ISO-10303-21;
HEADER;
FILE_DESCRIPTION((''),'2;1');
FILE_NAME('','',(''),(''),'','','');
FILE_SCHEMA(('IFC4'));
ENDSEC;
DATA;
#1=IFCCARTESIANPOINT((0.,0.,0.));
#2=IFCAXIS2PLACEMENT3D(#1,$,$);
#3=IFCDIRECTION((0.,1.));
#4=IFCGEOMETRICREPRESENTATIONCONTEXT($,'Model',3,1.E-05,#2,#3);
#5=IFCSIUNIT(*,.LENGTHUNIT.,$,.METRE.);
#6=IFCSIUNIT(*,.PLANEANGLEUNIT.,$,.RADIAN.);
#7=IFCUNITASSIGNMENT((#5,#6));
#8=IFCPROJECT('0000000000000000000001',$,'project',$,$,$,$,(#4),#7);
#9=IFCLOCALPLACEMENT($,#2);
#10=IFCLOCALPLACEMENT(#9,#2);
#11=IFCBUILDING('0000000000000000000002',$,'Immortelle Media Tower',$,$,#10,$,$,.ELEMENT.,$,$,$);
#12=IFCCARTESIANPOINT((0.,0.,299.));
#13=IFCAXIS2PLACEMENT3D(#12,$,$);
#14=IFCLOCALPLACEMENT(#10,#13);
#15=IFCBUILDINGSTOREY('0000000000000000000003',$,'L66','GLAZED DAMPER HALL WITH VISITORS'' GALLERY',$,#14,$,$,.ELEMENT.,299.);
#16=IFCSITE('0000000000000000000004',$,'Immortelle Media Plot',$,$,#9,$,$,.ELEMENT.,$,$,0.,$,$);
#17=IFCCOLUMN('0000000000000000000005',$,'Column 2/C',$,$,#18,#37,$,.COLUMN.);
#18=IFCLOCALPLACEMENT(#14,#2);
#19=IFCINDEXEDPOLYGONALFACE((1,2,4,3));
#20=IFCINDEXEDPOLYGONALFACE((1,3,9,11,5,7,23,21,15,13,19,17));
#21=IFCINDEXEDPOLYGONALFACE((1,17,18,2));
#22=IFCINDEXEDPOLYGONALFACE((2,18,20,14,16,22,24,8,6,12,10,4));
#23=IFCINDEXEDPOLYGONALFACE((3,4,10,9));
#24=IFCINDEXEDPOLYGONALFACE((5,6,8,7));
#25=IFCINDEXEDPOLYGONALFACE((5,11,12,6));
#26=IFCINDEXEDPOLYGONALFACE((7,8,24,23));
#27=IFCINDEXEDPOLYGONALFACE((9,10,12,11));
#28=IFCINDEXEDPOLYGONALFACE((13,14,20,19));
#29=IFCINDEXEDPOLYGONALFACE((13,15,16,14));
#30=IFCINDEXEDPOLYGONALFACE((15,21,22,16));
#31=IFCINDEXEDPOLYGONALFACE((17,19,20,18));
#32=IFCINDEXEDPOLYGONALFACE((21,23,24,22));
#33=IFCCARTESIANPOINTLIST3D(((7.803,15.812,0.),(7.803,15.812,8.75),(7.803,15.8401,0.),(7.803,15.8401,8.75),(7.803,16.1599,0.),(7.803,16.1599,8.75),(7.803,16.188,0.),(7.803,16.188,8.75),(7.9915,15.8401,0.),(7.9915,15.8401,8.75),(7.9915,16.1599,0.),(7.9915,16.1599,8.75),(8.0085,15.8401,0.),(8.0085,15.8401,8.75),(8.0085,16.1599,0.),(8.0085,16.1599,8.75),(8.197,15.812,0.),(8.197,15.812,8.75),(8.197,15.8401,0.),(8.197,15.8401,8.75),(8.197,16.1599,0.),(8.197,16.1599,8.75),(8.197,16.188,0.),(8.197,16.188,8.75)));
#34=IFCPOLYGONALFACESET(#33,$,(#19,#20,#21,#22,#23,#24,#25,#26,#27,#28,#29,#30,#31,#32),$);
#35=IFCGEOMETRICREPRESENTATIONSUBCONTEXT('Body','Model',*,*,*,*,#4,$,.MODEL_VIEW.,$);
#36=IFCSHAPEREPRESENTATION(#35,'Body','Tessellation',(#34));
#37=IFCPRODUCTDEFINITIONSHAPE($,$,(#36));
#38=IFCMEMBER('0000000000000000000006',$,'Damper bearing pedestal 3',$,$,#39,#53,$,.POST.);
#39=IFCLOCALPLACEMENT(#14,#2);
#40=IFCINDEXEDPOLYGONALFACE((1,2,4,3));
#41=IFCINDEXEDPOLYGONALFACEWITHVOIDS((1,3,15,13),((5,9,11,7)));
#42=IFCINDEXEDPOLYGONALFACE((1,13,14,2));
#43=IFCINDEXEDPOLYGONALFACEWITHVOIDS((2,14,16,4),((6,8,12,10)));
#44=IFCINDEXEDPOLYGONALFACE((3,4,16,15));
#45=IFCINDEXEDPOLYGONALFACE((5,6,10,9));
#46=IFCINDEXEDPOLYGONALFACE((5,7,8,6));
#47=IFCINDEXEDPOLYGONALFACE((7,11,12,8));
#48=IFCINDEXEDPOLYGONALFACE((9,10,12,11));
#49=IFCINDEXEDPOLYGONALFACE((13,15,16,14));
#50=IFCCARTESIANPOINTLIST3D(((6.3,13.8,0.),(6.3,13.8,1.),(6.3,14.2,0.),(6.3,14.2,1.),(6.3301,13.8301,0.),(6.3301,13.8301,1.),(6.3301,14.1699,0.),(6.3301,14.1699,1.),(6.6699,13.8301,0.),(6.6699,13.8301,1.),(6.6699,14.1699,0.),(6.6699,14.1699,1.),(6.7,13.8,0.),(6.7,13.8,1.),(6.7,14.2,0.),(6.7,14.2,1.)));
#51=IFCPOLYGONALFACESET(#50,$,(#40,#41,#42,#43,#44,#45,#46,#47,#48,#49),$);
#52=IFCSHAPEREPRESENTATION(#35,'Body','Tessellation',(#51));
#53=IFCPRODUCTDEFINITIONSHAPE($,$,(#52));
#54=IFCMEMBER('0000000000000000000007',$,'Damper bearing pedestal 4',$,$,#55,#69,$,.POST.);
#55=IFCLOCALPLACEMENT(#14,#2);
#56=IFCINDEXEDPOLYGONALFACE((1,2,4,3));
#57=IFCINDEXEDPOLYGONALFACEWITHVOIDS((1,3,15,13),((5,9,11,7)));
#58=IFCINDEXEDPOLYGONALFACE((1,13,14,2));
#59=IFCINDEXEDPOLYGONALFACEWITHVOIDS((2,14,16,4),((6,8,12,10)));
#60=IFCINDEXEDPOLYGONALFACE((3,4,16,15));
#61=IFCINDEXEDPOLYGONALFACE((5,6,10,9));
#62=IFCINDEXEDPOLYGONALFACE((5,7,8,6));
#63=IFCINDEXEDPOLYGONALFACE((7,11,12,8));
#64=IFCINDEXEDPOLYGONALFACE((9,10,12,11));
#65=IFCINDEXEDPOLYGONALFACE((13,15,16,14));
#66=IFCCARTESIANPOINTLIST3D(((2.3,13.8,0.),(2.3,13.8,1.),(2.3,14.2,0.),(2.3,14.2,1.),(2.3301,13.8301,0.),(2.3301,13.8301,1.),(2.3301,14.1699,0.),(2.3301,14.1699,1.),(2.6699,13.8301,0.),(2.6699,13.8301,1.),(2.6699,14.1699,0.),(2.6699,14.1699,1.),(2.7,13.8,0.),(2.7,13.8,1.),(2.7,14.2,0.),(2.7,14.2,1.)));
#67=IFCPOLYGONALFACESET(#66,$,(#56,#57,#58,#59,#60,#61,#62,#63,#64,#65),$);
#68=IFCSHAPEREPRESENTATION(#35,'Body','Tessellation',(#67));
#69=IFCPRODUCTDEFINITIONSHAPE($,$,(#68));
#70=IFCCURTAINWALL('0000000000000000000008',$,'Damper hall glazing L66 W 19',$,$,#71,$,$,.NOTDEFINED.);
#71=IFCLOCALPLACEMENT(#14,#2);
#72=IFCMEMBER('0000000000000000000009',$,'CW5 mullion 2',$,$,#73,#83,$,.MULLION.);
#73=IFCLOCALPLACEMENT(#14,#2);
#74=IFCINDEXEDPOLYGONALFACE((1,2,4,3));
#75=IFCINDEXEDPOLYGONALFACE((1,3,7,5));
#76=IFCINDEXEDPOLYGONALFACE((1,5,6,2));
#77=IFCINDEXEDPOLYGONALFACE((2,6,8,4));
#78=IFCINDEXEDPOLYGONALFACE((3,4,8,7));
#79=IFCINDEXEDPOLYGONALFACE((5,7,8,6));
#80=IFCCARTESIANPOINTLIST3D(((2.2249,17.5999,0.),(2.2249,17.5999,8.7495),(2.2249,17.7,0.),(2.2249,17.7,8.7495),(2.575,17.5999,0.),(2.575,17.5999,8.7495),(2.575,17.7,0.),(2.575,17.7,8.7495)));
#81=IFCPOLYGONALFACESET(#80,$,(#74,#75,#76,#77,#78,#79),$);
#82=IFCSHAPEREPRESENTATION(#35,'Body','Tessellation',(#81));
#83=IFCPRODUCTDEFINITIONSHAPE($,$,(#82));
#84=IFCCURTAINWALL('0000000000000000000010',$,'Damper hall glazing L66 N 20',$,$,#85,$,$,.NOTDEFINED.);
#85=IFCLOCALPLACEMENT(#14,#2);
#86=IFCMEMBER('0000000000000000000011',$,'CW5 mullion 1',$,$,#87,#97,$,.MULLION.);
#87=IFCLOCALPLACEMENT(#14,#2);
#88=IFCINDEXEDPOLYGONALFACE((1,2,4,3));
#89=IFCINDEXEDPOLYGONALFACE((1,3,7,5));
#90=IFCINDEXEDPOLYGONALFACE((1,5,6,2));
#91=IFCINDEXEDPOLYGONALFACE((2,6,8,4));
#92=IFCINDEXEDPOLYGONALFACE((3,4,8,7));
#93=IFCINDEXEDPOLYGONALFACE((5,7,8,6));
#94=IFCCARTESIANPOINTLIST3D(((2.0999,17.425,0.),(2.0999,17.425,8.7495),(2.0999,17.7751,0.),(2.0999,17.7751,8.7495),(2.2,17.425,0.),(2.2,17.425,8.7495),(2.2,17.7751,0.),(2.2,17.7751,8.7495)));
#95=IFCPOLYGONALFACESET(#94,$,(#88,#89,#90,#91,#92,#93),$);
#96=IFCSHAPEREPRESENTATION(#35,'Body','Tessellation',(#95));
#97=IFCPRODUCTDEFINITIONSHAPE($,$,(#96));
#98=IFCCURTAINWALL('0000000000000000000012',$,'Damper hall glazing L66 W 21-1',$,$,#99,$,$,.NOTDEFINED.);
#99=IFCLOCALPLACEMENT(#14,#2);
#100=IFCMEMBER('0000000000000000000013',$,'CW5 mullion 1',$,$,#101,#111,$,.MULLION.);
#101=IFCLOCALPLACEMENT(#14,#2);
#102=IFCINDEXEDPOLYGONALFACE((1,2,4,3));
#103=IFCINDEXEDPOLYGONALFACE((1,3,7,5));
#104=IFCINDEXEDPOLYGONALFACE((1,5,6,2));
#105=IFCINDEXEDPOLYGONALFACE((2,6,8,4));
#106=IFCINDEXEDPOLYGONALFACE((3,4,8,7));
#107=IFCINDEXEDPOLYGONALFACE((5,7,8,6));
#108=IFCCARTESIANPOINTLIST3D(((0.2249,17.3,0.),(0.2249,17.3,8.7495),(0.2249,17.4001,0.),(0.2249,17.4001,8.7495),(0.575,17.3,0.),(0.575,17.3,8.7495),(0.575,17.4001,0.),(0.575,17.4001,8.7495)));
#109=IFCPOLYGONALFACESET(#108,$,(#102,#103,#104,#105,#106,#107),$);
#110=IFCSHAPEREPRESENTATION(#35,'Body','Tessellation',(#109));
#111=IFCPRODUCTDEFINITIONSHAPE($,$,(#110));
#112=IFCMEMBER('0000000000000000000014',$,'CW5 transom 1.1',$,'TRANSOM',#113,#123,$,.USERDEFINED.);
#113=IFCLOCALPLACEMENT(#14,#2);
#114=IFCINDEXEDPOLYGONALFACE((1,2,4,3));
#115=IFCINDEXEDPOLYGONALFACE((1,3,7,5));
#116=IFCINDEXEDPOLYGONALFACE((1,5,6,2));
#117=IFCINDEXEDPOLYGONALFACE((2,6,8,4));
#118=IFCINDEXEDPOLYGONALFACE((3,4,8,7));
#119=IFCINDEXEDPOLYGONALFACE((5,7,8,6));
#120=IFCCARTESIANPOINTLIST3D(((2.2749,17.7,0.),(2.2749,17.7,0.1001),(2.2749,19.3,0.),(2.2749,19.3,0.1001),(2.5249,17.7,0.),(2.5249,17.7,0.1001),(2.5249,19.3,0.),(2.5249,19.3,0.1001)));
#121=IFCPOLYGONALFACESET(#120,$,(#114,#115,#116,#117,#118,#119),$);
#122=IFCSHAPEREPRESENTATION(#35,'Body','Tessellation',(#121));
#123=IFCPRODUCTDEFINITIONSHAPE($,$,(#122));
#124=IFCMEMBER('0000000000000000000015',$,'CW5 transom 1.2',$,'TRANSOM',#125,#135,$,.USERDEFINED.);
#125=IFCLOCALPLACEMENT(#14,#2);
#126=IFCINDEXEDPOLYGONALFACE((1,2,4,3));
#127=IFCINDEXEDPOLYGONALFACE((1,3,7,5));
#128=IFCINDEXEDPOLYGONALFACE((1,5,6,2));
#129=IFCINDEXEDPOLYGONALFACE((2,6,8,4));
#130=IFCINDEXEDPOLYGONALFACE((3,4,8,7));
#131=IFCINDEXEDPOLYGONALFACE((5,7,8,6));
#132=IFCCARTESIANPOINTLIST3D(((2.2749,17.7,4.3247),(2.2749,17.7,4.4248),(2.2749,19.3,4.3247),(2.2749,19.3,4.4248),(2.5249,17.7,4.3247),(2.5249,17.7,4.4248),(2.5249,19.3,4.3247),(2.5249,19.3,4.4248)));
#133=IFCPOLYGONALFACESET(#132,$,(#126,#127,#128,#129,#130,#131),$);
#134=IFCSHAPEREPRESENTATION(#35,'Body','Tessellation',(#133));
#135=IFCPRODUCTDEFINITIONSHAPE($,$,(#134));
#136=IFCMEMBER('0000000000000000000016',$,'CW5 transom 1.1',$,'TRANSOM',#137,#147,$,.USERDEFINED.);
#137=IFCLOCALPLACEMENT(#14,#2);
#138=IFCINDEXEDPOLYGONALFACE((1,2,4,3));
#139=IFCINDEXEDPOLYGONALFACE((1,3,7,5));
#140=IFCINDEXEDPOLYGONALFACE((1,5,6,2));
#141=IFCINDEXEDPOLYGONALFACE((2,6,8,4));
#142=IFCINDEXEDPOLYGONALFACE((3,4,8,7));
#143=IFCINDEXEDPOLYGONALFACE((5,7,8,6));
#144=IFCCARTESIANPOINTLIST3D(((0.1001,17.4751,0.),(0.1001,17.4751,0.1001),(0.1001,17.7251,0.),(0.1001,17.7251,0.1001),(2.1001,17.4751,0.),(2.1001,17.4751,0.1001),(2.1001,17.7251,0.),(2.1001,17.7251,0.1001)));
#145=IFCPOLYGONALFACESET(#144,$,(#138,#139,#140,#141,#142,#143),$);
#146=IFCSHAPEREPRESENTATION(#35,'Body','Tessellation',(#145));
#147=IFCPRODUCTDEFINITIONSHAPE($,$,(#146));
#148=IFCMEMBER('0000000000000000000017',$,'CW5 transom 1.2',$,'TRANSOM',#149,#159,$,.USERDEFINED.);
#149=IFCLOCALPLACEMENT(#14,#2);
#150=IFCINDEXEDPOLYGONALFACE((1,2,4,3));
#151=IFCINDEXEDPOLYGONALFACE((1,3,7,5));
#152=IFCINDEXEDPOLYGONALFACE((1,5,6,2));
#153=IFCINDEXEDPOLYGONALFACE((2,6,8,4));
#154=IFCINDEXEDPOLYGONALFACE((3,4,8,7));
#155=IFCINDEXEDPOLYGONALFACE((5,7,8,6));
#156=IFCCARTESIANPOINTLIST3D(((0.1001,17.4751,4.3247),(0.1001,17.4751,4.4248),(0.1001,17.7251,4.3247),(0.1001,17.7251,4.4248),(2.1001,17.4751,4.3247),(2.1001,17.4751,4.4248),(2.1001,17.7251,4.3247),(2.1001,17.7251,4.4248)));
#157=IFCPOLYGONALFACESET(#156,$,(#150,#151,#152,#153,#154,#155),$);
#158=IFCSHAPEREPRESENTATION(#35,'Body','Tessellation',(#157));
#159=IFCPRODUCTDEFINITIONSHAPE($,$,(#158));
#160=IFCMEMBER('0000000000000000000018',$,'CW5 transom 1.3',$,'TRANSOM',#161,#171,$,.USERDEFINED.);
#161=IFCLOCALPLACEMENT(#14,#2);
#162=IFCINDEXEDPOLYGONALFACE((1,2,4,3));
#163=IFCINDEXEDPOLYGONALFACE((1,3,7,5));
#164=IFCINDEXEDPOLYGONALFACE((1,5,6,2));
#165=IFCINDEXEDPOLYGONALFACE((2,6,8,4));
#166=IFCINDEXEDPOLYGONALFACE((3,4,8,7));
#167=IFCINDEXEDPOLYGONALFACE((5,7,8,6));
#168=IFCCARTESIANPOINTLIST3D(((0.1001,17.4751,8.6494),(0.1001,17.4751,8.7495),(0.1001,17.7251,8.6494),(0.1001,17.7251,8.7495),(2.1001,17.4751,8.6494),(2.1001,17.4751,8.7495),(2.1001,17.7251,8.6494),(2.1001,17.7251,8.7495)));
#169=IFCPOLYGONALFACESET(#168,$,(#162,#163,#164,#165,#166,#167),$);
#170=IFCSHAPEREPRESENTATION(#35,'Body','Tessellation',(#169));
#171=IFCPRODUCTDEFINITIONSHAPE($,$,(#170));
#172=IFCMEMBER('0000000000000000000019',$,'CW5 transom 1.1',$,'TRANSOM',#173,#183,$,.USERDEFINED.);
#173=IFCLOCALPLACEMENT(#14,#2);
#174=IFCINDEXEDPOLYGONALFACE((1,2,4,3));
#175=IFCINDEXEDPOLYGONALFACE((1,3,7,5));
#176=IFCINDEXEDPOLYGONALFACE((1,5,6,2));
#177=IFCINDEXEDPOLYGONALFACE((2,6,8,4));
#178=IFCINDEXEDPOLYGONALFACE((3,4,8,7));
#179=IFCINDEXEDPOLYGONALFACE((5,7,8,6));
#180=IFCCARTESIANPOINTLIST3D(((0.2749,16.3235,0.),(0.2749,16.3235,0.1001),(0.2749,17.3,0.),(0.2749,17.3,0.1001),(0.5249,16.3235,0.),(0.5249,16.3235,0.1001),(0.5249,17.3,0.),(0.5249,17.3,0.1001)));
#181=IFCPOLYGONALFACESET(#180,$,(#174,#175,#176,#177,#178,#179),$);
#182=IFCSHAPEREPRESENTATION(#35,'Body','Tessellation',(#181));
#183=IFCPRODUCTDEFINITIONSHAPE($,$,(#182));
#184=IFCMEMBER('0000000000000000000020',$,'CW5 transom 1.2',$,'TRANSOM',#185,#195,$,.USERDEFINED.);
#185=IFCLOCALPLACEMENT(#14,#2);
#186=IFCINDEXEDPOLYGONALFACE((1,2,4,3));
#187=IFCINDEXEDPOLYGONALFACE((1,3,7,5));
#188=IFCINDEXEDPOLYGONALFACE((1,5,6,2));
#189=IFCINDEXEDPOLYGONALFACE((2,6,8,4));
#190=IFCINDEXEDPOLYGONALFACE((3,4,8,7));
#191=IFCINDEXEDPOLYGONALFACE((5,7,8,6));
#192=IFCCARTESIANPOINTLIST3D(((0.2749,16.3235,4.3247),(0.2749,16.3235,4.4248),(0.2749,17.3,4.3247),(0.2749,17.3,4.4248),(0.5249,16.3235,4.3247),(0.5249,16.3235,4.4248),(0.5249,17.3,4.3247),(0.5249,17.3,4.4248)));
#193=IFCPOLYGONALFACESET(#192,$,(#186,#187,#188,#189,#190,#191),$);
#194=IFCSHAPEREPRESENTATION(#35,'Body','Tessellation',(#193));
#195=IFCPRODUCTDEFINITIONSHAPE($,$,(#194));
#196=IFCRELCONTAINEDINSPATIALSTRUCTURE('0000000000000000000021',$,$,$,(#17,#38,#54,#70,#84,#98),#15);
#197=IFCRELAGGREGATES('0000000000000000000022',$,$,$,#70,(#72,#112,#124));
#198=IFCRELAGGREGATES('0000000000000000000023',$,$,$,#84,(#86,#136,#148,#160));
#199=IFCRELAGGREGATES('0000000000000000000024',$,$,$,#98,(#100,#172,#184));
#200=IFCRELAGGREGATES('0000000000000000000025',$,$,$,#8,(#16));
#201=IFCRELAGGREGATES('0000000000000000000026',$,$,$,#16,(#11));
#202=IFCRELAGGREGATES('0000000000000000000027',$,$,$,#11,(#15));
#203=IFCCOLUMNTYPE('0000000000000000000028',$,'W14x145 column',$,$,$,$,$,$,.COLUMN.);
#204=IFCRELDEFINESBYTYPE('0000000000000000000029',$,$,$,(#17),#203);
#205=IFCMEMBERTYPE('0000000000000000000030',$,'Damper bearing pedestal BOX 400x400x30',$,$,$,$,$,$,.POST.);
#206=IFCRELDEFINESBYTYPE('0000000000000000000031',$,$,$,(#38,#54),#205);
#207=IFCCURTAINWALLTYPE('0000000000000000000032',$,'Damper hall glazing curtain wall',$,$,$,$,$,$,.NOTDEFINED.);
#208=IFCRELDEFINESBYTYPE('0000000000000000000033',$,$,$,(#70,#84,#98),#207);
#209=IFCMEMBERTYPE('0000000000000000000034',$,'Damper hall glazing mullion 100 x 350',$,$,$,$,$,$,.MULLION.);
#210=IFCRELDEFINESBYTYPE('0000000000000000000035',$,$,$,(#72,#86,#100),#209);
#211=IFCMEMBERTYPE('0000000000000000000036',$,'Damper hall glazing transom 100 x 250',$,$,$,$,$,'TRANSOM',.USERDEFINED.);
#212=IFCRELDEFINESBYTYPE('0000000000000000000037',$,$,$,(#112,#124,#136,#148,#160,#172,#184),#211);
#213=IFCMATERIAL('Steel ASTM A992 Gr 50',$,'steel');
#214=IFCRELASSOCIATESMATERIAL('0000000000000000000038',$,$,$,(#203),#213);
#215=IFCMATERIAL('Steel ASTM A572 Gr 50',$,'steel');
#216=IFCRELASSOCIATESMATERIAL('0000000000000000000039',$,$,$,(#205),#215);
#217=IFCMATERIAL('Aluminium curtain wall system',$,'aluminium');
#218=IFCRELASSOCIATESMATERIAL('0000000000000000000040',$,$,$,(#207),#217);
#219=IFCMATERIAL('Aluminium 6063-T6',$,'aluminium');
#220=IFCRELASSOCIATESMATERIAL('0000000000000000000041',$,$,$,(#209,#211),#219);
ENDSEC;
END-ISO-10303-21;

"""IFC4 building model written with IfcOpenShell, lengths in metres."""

from ifc_helpers import new_model, si_unit, direction, frame, origin, origin_2d, place, context, subcontext, project, spatial, rectangle, hollow_rectangle, i_section, extrude, material, material_profile, profile_set, type_object, element, aggregate, save


model = new_model("IFC4")

# Units and contexts
model_context = context("Model", 3, precision=1e-05, world=origin(), true_north=direction((0.0, 1.0)))
body_context = subcontext(model_context, "Body", "Model", "MODEL_VIEW")
ifc_project = project(units=[si_unit("LENGTHUNIT", "METRE"), si_unit("PLANEANGLEUNIT", "RADIAN")], contexts=[model_context])

# Site, building, storey
site_placement = place(None, origin())
site = spatial("IfcSite", under=ifc_project, at=site_placement, Name="Immortelle Media Plot", CompositionType="ELEMENT", RefElevation=0.0)
building_placement = place(site_placement, origin())
building = spatial("IfcBuilding", under=site, at=building_placement, Name="Immortelle Media Tower", CompositionType="ELEMENT")
storey_placement = place(building_placement, frame((0.0, 0.0, 299.0)))
storey = spatial("IfcBuildingStorey", under=building, at=storey_placement, Name="L66", Description="GLAZED DAMPER HALL WITH VISITORS' GALLERY", CompositionType="ELEMENT", Elevation=299.0)

# Column
ifc_material_1 = material(Name="Steel ASTM A992 Gr 50", Category="steel")
ifc_material_profile_1 = material_profile(ifc_material_1, i_section(OverallWidth=0.394, OverallDepth=0.376, WebThickness=0.0171, FlangeThickness=0.0281, at=origin_2d()), Name="W14x145")
ifc_profile_set_1 = profile_set([ifc_material_profile_1], Name="Steel ASTM A992 Gr 50")
column_type = type_object("IfcColumnType", Name="W14x145 column", PredefinedType="COLUMN", material=ifc_profile_set_1)
column_placement = place(storey_placement, frame((8.0, 16.0, 0.0), z_axis=(0.0, 0.0, 1.0), x_axis=(1.0, 0.0, 0.0)))
element("IfcColumn", 1, at=column_placement, inside=storey, type_object=column_type, Name="Column 2/C", PredefinedType="COLUMN", context=body_context, shape_type="SweptSolid", body=[
    extrude(i_section(OverallWidth=0.394, OverallDepth=0.376, WebThickness=0.0171, FlangeThickness=0.0281, at=origin_2d()), origin(), (0.0, 0.0, 1.0), 8.75),
])

# Members
ifc_material_2 = material(Name="Steel ASTM A572 Gr 50", Category="steel")
ifc_material_profile_2 = material_profile(ifc_material_2, hollow_rectangle(XDim=0.3999, YDim=0.3999, WallThickness=0.03, at=origin_2d()), Name="BOX 400x400x30")
ifc_profile_set_2 = profile_set([ifc_material_profile_2], Name="Steel ASTM A572 Gr 50")
member_type_1 = type_object("IfcMemberType", Name="Damper bearing pedestal BOX 400x400x30", PredefinedType="POST", material=ifc_profile_set_2)
for number, where, z_axis, x_axis, name in (
    (2, (6.5, 14.0, 0.0), (0.0, 0.0, 1.0), (1.0, 0.0, 0.0), "Damper bearing pedestal 3"),
    (3, (2.5, 14.0, 0.0), (0.0, 0.0, 1.0), (1.0, 0.0, 0.0), "Damper bearing pedestal 4"),
):
    element("IfcMember", number, at=place(storey_placement, frame(where, z_axis=z_axis, x_axis=x_axis)), inside=storey, type_object=member_type_1, Name=name, PredefinedType="POST", context=body_context, shape_type="SweptSolid", body=[
        extrude(hollow_rectangle(XDim=0.3999, YDim=0.3999, WallThickness=0.03, at=origin_2d()), origin(), (0.0, 0.0, 1.0), 1.0),
    ])

# Curtain walls, members
ifc_material_3 = material(Name="Aluminium curtain wall system", Category="aluminium")
curtain_wall_type = type_object("IfcCurtainWallType", Name="Damper hall glazing curtain wall", PredefinedType="NOTDEFINED", material=ifc_material_3)
curtain_wall_1_placement = place(storey_placement, origin())
curtain_wall_1 = element("IfcCurtainWall", 4, at=curtain_wall_1_placement, inside=storey, type_object=curtain_wall_type, Name="Damper hall glazing L66 W 19", PredefinedType="NOTDEFINED")
ifc_material_4 = material(Name="Aluminium 6063-T6", Category="aluminium")
ifc_material_profile_3 = material_profile(ifc_material_4, rectangle(XDim=0.3501, YDim=0.1001, at=origin_2d()), Name="AL 100x350")
ifc_profile_set_3 = profile_set([ifc_material_profile_3], Name="Aluminium 6063-T6")
member_type_2 = type_object("IfcMemberType", Name="Damper hall glazing mullion 100 x 350", PredefinedType="MULLION", material=ifc_profile_set_3)
member_1_placement = place(storey_placement, frame((2.3999, 17.6499, 0.0), z_axis=(0.0, 0.0, 1.0), x_axis=(1.0, 0.0, 0.0)))
member_1 = element("IfcMember", 5, at=member_1_placement, type_object=member_type_2, Name="CW5 mullion 2", PredefinedType="MULLION", context=body_context, shape_type="SweptSolid", body=[
    extrude(rectangle(XDim=0.3501, YDim=0.1001, at=origin_2d()), origin(), (0.0, 0.0, 1.0), 8.7495),
])
curtain_wall_2_placement = place(storey_placement, origin())
curtain_wall_2 = element("IfcCurtainWall", 6, at=curtain_wall_2_placement, inside=storey, type_object=curtain_wall_type, Name="Damper hall glazing L66 N 20", PredefinedType="NOTDEFINED")
member_2_placement = place(storey_placement, frame((2.1499, 17.6001, 0.0), z_axis=(0.0, 0.0, 1.0), x_axis=(0.0, -1.0, 0.0)))
member_2 = element("IfcMember", 7, at=member_2_placement, type_object=member_type_2, Name="CW5 mullion 1", PredefinedType="MULLION", context=body_context, shape_type="SweptSolid", body=[
    extrude(rectangle(XDim=0.3501, YDim=0.1001, at=origin_2d()), origin(), (0.0, 0.0, 1.0), 8.7495),
])
curtain_wall_3_placement = place(storey_placement, origin())
curtain_wall_3 = element("IfcCurtainWall", 8, at=curtain_wall_3_placement, inside=storey, type_object=curtain_wall_type, Name="Damper hall glazing L66 W 21-1", PredefinedType="NOTDEFINED")
member_3_placement = place(storey_placement, frame((0.3999, 17.3501, 0.0), z_axis=(0.0, 0.0, 1.0), x_axis=(1.0, 0.0, 0.0)))
member_3 = element("IfcMember", 9, at=member_3_placement, type_object=member_type_2, Name="CW5 mullion 1", PredefinedType="MULLION", context=body_context, shape_type="SweptSolid", body=[
    extrude(rectangle(XDim=0.3501, YDim=0.1001, at=origin_2d()), origin(), (0.0, 0.0, 1.0), 8.7495),
])

# Members
ifc_material_profile_4 = material_profile(ifc_material_4, rectangle(XDim=0.25, YDim=0.1001, at=origin_2d()), Name="AL 100x250")
ifc_profile_set_4 = profile_set([ifc_material_profile_4], Name="Aluminium 6063-T6")
member_type_3 = type_object("IfcMemberType", Name="Damper hall glazing transom 100 x 250", ElementType="TRANSOM", PredefinedType="USERDEFINED", material=ifc_profile_set_4)
member_4_placement = place(storey_placement, frame((2.3999, 19.3, 0.05), z_axis=(0.0, -1.0, 0.0), x_axis=(1.0, 0.0, 0.0)))
member_4 = element("IfcMember", 10, at=member_4_placement, type_object=member_type_3, Name="CW5 transom 1.1", ObjectType="TRANSOM", PredefinedType="USERDEFINED", context=body_context, shape_type="SweptSolid", body=[
    extrude(rectangle(XDim=0.25, YDim=0.1001, at=origin_2d()), origin(), (0.0, 0.0, 1.0), 1.6001),
])
member_5_placement = place(storey_placement, frame((2.3999, 19.3, 4.3748), z_axis=(0.0, -1.0, 0.0), x_axis=(1.0, 0.0, 0.0)))
member_5 = element("IfcMember", 11, at=member_5_placement, type_object=member_type_3, Name="CW5 transom 1.2", ObjectType="TRANSOM", PredefinedType="USERDEFINED", context=body_context, shape_type="SweptSolid", body=[
    extrude(rectangle(XDim=0.25, YDim=0.1001, at=origin_2d()), origin(), (0.0, 0.0, 1.0), 1.6001),
])
member_6_placement = place(storey_placement, frame((2.1001, 17.6001, 0.05), z_axis=(-1.0, 0.0, 0.0), x_axis=(0.0, -1.0, 0.0)))
member_6 = element("IfcMember", 12, at=member_6_placement, type_object=member_type_3, Name="CW5 transom 1.1", ObjectType="TRANSOM", PredefinedType="USERDEFINED", context=body_context, shape_type="SweptSolid", body=[
    extrude(rectangle(XDim=0.25, YDim=0.1001, at=origin_2d()), origin(), (0.0, 0.0, 1.0), 2.0),
])
member_7_placement = place(storey_placement, frame((2.1001, 17.6001, 4.3748), z_axis=(-1.0, 0.0, 0.0), x_axis=(0.0, -1.0, 0.0)))
member_7 = element("IfcMember", 13, at=member_7_placement, type_object=member_type_3, Name="CW5 transom 1.2", ObjectType="TRANSOM", PredefinedType="USERDEFINED", context=body_context, shape_type="SweptSolid", body=[
    extrude(rectangle(XDim=0.25, YDim=0.1001, at=origin_2d()), origin(), (0.0, 0.0, 1.0), 2.0),
])
member_8_placement = place(storey_placement, frame((2.1001, 17.6001, 8.6995), z_axis=(-1.0, 0.0, 0.0), x_axis=(0.0, -1.0, 0.0)))
member_8 = element("IfcMember", 14, at=member_8_placement, type_object=member_type_3, Name="CW5 transom 1.3", ObjectType="TRANSOM", PredefinedType="USERDEFINED", context=body_context, shape_type="SweptSolid", body=[
    extrude(rectangle(XDim=0.25, YDim=0.1001, at=origin_2d()), origin(), (0.0, 0.0, 1.0), 2.0),
])
member_9_placement = place(storey_placement, frame((0.3999, 17.3, 0.05), z_axis=(0.0, -1.0, 0.0), x_axis=(1.0, 0.0, 0.0)))
member_9 = element("IfcMember", 15, at=member_9_placement, type_object=member_type_3, Name="CW5 transom 1.1", ObjectType="TRANSOM", PredefinedType="USERDEFINED", context=body_context, shape_type="SweptSolid", body=[
    extrude(rectangle(XDim=0.25, YDim=0.1001, at=origin_2d()), origin(), (0.0, 0.0, 1.0), 0.9766),
])
member_10_placement = place(storey_placement, frame((0.3999, 17.3, 4.3748), z_axis=(0.0, -1.0, 0.0), x_axis=(1.0, 0.0, 0.0)))
member_10 = element("IfcMember", 16, at=member_10_placement, type_object=member_type_3, Name="CW5 transom 1.2", ObjectType="TRANSOM", PredefinedType="USERDEFINED", context=body_context, shape_type="SweptSolid", body=[
    extrude(rectangle(XDim=0.25, YDim=0.1001, at=origin_2d()), origin(), (0.0, 0.0, 1.0), 0.9766),
])

aggregate(curtain_wall_1, [member_1, member_4, member_5])
aggregate(curtain_wall_2, [member_2, member_6, member_7, member_8])
aggregate(curtain_wall_3, [member_3, member_9, member_10])

save(model, "model.ifc")
